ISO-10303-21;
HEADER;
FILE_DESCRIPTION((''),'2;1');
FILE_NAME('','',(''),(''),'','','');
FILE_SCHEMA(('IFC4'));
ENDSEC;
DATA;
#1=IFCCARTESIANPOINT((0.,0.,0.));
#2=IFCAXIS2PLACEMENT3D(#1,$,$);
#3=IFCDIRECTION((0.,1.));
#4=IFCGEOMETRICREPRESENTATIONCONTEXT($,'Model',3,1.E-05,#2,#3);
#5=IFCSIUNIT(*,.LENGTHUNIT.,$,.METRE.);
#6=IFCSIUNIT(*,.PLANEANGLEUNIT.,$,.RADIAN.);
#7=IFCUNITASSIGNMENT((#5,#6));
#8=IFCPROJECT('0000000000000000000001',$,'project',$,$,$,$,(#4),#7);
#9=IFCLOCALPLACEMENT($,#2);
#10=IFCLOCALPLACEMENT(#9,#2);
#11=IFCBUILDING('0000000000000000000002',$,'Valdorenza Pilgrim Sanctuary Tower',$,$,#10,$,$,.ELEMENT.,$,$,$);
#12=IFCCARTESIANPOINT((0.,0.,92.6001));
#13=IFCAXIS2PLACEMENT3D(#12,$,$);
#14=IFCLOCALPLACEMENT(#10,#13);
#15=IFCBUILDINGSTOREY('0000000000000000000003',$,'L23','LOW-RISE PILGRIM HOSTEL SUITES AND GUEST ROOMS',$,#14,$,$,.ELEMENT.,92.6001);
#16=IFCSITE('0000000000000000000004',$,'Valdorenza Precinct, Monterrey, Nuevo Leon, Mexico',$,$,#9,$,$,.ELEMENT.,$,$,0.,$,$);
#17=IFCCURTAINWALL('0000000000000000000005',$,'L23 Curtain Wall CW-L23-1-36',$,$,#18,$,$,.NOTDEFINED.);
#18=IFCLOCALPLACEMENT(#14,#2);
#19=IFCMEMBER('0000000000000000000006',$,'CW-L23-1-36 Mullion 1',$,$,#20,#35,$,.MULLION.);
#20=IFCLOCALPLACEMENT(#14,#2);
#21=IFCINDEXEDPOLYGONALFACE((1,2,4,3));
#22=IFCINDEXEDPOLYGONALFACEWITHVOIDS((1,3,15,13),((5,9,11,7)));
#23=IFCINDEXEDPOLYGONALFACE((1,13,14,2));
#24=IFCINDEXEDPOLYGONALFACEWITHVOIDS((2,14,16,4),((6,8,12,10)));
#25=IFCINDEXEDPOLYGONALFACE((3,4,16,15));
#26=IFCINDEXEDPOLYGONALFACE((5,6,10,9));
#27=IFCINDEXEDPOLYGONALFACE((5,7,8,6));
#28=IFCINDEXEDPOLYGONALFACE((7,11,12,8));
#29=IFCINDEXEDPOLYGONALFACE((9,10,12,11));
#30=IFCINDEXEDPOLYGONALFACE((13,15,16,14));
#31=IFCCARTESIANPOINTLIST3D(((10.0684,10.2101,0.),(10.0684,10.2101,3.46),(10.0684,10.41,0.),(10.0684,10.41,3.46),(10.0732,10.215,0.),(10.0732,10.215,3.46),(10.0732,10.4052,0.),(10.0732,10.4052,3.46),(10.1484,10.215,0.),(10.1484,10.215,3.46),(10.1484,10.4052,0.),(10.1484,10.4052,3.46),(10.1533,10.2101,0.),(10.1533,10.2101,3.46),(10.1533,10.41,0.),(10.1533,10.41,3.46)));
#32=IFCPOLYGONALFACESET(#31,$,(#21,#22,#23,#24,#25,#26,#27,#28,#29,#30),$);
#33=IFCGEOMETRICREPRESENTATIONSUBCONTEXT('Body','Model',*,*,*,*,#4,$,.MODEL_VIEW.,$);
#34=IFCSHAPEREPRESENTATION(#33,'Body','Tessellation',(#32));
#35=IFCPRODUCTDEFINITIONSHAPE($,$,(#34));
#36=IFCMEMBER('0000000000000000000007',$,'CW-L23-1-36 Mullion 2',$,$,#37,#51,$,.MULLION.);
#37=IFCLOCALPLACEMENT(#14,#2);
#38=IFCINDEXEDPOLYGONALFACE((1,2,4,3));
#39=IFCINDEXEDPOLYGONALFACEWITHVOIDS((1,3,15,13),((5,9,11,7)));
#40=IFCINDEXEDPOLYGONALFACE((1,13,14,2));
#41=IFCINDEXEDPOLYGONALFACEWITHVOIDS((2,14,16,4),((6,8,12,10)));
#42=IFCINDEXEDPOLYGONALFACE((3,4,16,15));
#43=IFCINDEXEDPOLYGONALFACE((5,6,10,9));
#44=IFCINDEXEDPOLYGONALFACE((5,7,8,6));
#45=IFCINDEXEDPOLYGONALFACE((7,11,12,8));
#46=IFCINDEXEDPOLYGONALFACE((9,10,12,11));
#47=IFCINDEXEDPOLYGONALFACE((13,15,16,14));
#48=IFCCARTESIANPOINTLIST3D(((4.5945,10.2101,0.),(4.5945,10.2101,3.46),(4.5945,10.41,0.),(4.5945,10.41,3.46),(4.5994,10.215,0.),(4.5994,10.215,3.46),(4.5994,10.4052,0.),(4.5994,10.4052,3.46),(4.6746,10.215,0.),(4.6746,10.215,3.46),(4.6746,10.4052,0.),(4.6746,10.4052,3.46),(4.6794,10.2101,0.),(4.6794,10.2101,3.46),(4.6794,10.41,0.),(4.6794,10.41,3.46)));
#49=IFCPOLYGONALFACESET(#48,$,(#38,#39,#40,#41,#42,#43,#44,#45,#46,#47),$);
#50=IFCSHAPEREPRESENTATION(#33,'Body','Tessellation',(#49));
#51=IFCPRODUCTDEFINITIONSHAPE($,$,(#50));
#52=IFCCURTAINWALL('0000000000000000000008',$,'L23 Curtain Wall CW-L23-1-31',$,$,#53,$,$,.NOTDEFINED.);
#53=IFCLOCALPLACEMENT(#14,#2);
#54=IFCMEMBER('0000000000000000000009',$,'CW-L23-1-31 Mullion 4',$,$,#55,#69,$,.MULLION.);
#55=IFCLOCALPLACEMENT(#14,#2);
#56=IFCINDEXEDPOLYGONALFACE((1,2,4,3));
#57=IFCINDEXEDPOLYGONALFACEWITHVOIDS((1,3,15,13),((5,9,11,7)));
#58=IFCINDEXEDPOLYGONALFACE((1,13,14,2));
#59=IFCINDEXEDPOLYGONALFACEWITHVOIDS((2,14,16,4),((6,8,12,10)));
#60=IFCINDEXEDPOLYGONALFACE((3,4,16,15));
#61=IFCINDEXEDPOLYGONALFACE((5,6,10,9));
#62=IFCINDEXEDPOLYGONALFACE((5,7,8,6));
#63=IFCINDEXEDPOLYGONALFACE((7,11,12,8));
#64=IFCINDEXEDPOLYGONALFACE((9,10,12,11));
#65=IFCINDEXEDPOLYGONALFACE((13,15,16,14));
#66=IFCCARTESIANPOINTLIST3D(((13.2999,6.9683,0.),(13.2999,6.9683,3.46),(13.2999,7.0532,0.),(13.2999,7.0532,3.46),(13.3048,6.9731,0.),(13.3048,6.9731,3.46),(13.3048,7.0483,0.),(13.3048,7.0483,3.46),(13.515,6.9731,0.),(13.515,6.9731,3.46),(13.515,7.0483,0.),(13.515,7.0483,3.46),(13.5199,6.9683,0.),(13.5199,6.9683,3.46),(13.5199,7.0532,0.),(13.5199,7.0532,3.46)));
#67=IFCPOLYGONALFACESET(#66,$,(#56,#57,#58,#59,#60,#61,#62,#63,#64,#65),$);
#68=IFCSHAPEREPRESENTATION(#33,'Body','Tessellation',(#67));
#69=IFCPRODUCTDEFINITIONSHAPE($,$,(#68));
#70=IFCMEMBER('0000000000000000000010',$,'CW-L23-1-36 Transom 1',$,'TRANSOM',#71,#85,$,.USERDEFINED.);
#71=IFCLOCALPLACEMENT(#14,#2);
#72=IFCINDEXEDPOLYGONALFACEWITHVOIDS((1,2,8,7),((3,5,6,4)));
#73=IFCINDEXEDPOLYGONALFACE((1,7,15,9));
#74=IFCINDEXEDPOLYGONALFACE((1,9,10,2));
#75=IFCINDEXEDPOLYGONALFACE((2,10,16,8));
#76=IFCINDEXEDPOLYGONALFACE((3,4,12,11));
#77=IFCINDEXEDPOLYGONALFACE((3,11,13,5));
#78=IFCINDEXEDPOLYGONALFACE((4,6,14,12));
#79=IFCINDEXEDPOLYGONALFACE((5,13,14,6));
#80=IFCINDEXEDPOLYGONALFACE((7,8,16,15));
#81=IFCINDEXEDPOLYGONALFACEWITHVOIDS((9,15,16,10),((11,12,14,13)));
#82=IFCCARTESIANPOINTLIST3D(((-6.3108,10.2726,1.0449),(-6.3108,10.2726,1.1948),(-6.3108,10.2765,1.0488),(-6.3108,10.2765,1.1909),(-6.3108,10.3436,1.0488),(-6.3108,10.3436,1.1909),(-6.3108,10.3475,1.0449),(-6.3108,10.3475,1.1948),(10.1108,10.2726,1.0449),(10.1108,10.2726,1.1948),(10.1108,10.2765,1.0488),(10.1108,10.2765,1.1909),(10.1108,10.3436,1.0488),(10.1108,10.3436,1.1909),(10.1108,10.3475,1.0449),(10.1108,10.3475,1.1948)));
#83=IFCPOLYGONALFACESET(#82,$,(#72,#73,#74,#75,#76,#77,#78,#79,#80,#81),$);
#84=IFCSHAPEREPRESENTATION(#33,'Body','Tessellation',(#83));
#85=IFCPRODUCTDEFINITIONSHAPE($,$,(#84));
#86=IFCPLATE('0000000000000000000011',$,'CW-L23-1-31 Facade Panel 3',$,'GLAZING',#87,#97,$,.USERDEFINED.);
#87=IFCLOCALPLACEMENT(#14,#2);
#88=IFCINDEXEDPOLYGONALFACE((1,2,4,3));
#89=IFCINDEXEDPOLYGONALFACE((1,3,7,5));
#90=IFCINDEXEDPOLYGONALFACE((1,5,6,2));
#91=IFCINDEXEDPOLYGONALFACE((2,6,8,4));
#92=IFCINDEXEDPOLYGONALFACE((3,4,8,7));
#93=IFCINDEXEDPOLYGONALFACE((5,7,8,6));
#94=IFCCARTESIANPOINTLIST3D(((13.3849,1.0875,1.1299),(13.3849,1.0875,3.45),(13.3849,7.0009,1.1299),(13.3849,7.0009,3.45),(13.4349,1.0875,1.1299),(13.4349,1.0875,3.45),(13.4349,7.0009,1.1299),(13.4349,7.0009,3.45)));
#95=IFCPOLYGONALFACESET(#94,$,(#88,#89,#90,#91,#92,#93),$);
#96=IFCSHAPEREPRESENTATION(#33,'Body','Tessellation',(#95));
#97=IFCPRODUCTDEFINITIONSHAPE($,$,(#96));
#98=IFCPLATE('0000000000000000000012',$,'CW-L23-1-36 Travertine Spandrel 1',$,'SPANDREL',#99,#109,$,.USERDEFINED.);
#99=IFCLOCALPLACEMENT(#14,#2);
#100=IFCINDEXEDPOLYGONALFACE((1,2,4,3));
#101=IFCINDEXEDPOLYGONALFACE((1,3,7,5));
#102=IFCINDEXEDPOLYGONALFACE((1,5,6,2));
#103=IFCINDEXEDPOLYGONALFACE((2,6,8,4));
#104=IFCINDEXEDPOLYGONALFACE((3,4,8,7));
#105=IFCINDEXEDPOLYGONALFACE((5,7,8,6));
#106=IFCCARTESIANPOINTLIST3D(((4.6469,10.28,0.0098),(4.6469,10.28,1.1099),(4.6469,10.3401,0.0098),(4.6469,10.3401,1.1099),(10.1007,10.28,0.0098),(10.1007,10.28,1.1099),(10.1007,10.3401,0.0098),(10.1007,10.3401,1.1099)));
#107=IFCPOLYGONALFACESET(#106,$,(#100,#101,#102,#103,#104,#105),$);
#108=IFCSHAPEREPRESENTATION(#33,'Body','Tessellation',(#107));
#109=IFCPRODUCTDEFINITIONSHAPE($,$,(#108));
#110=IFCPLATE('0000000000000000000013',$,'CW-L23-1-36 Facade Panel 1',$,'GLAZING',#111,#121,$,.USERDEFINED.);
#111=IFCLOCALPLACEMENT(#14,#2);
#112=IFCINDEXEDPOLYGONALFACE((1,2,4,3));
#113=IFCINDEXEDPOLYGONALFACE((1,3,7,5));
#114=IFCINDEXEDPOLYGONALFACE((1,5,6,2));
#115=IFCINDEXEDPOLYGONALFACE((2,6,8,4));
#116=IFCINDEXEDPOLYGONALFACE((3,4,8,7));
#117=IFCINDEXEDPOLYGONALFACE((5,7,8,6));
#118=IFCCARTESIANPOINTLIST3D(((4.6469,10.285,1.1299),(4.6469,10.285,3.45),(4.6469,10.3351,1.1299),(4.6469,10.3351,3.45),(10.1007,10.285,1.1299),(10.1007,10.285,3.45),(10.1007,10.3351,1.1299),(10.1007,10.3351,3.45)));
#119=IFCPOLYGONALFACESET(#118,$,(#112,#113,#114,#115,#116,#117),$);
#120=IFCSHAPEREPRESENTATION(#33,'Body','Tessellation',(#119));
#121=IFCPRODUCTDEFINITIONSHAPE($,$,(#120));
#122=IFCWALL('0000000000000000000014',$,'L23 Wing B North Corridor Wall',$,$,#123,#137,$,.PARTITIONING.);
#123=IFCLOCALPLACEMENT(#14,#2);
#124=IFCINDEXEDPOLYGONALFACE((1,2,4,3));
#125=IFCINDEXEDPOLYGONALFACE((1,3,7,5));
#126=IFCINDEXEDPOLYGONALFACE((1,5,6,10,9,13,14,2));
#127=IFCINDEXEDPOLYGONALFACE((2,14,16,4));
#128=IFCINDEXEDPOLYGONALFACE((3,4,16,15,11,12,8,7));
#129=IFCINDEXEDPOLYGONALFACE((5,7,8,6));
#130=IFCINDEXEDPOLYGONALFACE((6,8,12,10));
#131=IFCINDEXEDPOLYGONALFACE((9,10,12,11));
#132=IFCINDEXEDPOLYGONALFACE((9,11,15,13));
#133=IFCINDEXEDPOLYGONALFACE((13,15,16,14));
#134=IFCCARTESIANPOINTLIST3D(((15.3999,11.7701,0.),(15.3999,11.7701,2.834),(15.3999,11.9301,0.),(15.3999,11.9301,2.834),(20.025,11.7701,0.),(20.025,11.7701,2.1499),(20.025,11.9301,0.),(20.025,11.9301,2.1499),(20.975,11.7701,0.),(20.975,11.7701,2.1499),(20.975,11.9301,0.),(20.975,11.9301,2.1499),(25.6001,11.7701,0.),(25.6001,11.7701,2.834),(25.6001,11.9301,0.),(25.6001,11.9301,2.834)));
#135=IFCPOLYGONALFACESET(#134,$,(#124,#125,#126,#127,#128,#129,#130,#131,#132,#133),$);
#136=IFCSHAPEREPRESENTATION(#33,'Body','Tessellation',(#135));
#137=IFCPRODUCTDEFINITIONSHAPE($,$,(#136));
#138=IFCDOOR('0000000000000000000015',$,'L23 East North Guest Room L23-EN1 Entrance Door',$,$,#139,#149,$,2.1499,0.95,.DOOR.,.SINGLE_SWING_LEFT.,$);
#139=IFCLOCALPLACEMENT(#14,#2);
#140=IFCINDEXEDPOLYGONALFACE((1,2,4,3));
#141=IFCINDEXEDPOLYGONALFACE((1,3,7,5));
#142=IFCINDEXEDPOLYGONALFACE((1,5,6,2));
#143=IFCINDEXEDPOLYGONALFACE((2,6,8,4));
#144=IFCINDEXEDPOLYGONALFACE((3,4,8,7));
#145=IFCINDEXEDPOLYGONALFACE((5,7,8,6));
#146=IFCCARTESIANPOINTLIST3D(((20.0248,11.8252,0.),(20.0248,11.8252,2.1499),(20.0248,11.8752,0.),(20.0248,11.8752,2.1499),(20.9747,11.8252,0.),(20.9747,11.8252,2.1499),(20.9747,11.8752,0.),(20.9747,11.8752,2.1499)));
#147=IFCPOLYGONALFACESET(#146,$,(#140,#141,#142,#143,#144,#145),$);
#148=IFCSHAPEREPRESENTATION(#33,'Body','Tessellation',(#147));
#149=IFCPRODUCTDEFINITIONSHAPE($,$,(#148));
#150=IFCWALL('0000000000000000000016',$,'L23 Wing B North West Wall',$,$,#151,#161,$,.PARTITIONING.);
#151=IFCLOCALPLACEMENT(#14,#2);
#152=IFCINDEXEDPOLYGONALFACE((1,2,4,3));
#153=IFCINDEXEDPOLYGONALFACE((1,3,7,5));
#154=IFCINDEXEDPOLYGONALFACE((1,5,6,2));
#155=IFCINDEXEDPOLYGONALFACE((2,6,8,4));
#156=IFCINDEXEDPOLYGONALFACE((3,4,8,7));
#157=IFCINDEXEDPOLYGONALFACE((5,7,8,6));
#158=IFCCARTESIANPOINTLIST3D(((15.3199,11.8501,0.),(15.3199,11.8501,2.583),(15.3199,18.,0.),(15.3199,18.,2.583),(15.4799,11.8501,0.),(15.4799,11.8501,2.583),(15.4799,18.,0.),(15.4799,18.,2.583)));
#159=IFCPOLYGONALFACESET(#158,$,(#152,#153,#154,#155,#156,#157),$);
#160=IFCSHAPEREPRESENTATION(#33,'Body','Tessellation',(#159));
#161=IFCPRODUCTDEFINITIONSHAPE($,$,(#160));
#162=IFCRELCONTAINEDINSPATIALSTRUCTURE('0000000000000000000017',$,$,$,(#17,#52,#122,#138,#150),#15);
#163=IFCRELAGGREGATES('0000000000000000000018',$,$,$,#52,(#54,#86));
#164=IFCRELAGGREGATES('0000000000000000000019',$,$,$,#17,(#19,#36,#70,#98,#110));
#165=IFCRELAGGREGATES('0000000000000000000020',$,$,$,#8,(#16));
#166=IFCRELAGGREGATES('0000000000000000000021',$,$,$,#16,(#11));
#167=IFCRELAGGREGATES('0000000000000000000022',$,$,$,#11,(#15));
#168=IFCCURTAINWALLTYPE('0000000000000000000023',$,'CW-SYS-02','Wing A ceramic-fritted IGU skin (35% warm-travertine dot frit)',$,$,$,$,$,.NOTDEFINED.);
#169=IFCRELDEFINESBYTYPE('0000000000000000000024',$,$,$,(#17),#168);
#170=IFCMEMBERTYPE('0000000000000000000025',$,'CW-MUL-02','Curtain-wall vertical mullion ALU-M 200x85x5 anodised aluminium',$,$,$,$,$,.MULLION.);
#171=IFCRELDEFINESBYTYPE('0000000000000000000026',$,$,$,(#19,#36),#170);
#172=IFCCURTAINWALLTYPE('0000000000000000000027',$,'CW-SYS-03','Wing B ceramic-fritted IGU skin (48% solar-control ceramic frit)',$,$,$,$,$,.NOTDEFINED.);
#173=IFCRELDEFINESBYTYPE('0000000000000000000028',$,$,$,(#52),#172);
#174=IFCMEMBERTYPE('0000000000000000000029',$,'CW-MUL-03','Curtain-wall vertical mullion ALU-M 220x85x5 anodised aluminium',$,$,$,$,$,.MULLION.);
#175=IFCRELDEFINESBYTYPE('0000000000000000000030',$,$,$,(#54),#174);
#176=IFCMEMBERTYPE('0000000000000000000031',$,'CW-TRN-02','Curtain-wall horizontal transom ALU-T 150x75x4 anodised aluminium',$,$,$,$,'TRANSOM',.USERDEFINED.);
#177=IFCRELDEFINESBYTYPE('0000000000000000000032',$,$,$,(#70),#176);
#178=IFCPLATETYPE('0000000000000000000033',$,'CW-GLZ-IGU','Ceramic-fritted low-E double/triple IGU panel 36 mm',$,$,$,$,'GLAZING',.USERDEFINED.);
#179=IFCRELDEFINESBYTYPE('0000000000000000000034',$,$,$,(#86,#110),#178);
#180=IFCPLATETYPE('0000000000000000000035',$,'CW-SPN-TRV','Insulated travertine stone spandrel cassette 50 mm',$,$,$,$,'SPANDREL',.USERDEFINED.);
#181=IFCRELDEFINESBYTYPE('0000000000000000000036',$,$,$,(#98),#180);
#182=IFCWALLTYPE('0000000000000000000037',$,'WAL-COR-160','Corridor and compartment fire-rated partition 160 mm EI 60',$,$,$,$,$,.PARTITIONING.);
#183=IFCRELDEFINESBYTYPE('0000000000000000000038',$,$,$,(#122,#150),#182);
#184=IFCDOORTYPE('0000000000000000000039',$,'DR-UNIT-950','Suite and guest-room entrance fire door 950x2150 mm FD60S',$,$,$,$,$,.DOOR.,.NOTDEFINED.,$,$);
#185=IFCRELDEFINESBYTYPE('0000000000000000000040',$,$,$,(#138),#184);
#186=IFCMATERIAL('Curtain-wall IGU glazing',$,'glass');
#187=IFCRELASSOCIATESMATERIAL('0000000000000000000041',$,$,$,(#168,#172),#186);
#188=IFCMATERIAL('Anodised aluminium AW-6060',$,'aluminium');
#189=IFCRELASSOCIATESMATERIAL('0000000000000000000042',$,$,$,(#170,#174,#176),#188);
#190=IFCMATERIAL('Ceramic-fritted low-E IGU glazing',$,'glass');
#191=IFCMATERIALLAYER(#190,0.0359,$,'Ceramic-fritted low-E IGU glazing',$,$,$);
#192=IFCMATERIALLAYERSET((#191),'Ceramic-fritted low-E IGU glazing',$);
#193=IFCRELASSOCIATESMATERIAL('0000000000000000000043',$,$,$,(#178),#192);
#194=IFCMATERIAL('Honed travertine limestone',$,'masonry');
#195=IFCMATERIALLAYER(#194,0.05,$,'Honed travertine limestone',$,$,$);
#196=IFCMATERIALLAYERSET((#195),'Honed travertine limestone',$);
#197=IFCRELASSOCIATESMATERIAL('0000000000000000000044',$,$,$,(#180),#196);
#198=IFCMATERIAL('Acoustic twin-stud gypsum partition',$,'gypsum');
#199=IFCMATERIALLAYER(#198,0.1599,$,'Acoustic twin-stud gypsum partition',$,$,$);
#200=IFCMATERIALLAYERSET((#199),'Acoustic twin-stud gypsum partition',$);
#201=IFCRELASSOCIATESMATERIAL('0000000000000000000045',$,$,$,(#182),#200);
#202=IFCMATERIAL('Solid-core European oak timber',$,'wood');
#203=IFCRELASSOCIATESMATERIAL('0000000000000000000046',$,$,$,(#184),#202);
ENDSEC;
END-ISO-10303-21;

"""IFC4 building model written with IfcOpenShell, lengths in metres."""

from ifc_helpers import new_model, si_unit, direction, frame, frame_2d, origin, origin_2d, place, context, subcontext, project, spatial, rectangle, hollow_rectangle, extrude, source, transform, mapped, material, layer, layer_set, material_profile, profile_set, type_object, element, fill, aggregate, save


model = new_model("IFC4")

# Units and contexts
model_context = context("Model", 3, precision=1e-05, world=origin(), true_north=direction((0.0, 1.0)))
body_context = subcontext(model_context, "Body", "Model", "MODEL_VIEW")
ifc_project = project(units=[si_unit("LENGTHUNIT", "METRE"), si_unit("PLANEANGLEUNIT", "RADIAN")], contexts=[model_context])

# Site, building, storey
site_placement = place(None, origin())
site = spatial("IfcSite", under=ifc_project, at=site_placement, Name="Valdorenza Precinct, Monterrey, Nuevo Leon, Mexico", CompositionType="ELEMENT", RefElevation=0.0)
building_placement = place(site_placement, origin())
building = spatial("IfcBuilding", under=site, at=building_placement, Name="Valdorenza Pilgrim Sanctuary Tower", CompositionType="ELEMENT")
storey_placement = place(building_placement, frame((0.0, 0.0, 92.6001)))
storey = spatial("IfcBuildingStorey", under=building, at=storey_placement, Name="L23", Description="LOW-RISE PILGRIM HOSTEL SUITES AND GUEST ROOMS", CompositionType="ELEMENT", Elevation=92.6001)

# Curtain wall, members
ifc_material_1 = material(Name="Curtain-wall IGU glazing", Category="glass")
curtain_wall_type_1 = type_object("IfcCurtainWallType", Name="CW-SYS-02", Description="Wing A ceramic-fritted IGU skin (35% warm-travertine dot frit)", PredefinedType="NOTDEFINED", material=ifc_material_1)
curtain_wall_1_placement = place(storey_placement, origin())
curtain_wall_1 = element("IfcCurtainWall", 1, at=curtain_wall_1_placement, inside=storey, type_object=curtain_wall_type_1, Name="L23 Curtain Wall CW-L23-1-36", PredefinedType="NOTDEFINED")
ifc_material_2 = material(Name="Anodised aluminium AW-6060", Category="aluminium")
ifc_material_profile_1 = material_profile(ifc_material_2, hollow_rectangle(XDim=0.085, YDim=0.2, WallThickness=0.0049, at=origin_2d()), Name="ALU-M 200x85x5")
ifc_profile_set_1 = profile_set([ifc_material_profile_1], Name="Anodised aluminium AW-6060")
member_type_1 = type_object("IfcMemberType", Name="CW-MUL-02", Description="Curtain-wall vertical mullion ALU-M 200x85x5 anodised aluminium", PredefinedType="MULLION", material=ifc_profile_set_1)
shared_shape_1 = source(origin(), body_context, "Body", "SweptSolid", [
    extrude(hollow_rectangle(XDim=0.085, YDim=0.2, WallThickness=0.0049, at=origin_2d()), origin(), (0.0, 0.0, 1.0), 3.46),
])
member_1_placement = place(storey_placement, frame((10.1108, 10.3101, 0.0), z_axis=(0.0, 0.0, 1.0), x_axis=(-1.0, 0.0, 0.0)))
member_1 = element("IfcMember", 2, at=member_1_placement, type_object=member_type_1, Name="CW-L23-1-36 Mullion 1", PredefinedType="MULLION", context=body_context, shape_type="MappedRepresentation", body=[
    mapped(shared_shape_1, transform((0.0, 0.0, 0.0), x_axis=(1.0, 0.0, 0.0), y_axis=(0.0, 1.0, 0.0), z_axis=(0.0, 0.0, 1.0), scale=1.0)),
])
member_2_placement = place(storey_placement, frame((4.637, 10.3101, 0.0), z_axis=(0.0, 0.0, 1.0), x_axis=(-1.0, 0.0, 0.0)))
member_2 = element("IfcMember", 3, at=member_2_placement, type_object=member_type_1, Name="CW-L23-1-36 Mullion 2", PredefinedType="MULLION", context=body_context, shape_type="MappedRepresentation", body=[
    mapped(shared_shape_1, transform((0.0, 0.0, 0.0), x_axis=(1.0, 0.0, 0.0), y_axis=(0.0, 1.0, 0.0), z_axis=(0.0, 0.0, 1.0), scale=1.0)),
])

# Curtain wall, member
curtain_wall_type_2 = type_object("IfcCurtainWallType", Name="CW-SYS-03", Description="Wing B ceramic-fritted IGU skin (48% solar-control ceramic frit)", PredefinedType="NOTDEFINED", material=ifc_material_1)
curtain_wall_2_placement = place(storey_placement, origin())
curtain_wall_2 = element("IfcCurtainWall", 4, at=curtain_wall_2_placement, inside=storey, type_object=curtain_wall_type_2, Name="L23 Curtain Wall CW-L23-1-31", PredefinedType="NOTDEFINED")
ifc_material_profile_2 = material_profile(ifc_material_2, hollow_rectangle(XDim=0.085, YDim=0.22, WallThickness=0.0049, at=origin_2d()), Name="ALU-M 220x85x5")
ifc_profile_set_2 = profile_set([ifc_material_profile_2], Name="Anodised aluminium AW-6060")
member_type_2 = type_object("IfcMemberType", Name="CW-MUL-03", Description="Curtain-wall vertical mullion ALU-M 220x85x5 anodised aluminium", PredefinedType="MULLION", material=ifc_profile_set_2)
shared_shape_2 = source(origin(), body_context, "Body", "SweptSolid", [
    extrude(hollow_rectangle(XDim=0.085, YDim=0.22, WallThickness=0.0049, at=origin_2d()), origin(), (0.0, 0.0, 1.0), 3.46),
])
member_3_placement = place(storey_placement, frame((13.4099, 7.0107, 0.0), z_axis=(0.0, 0.0, 1.0), x_axis=(0.0, 1.0, 0.0)))
member_3 = element("IfcMember", 5, at=member_3_placement, type_object=member_type_2, Name="CW-L23-1-31 Mullion 4", PredefinedType="MULLION", context=body_context, shape_type="MappedRepresentation", body=[
    mapped(shared_shape_2, transform((0.0, 0.0, 0.0), x_axis=(1.0, 0.0, 0.0), y_axis=(0.0, 1.0, 0.0), z_axis=(0.0, 0.0, 1.0), scale=1.0)),
])

# Member
ifc_material_profile_3 = material_profile(ifc_material_2, hollow_rectangle(XDim=0.075, YDim=0.1499, WallThickness=0.0039, at=origin_2d()), Name="ALU-T 150x75x4")
ifc_profile_set_3 = profile_set([ifc_material_profile_3], Name="Anodised aluminium AW-6060")
member_type_3 = type_object("IfcMemberType", Name="CW-TRN-02", Description="Curtain-wall horizontal transom ALU-T 150x75x4 anodised aluminium", ElementType="TRANSOM", PredefinedType="USERDEFINED", material=ifc_profile_set_3)
shared_shape_3 = source(origin(), body_context, "Body", "SweptSolid", [
    extrude(hollow_rectangle(XDim=0.075, YDim=0.1499, WallThickness=0.0039, at=origin_2d()), origin(), (0.0, 0.0, 1.0), 16.4216),
])
member_4_placement = place(storey_placement, frame((10.1108, 10.3101, 1.1199), z_axis=(-1.0, 0.0, 0.0), x_axis=(0.0, -1.0, 0.0)))
member_4 = element("IfcMember", 6, at=member_4_placement, type_object=member_type_3, Name="CW-L23-1-36 Transom 1", ObjectType="TRANSOM", PredefinedType="USERDEFINED", context=body_context, shape_type="MappedRepresentation", body=[
    mapped(shared_shape_3, transform((0.0, 0.0, 0.0), x_axis=(1.0, 0.0, 0.0), y_axis=(0.0, 1.0, 0.0), z_axis=(0.0, 0.0, 1.0), scale=1.0)),
])

# Plates
ifc_material_3 = material(Name="Ceramic-fritted low-E IGU glazing", Category="glass")
ifc_layer_1 = layer(ifc_material_3, 0.0359, Name="Ceramic-fritted low-E IGU glazing")
ifc_layer_set_1 = layer_set([ifc_layer_1], Name="Ceramic-fritted low-E IGU glazing")
plate_type_1 = type_object("IfcPlateType", Name="CW-GLZ-IGU", Description="Ceramic-fritted low-E double/triple IGU panel 36 mm", ElementType="GLAZING", PredefinedType="USERDEFINED", material=ifc_layer_set_1)
shared_shape_4 = source(origin(), body_context, "Body", "SweptSolid", [
    extrude(rectangle(XDim=5.9133, YDim=0.05, at=origin_2d()), origin(), (0.0, 0.0, 1.0), 2.3201),
])
plate_1_placement = place(storey_placement, frame((13.4099, 4.0442, 1.1299), z_axis=(0.0, 0.0, 1.0), x_axis=(0.0, 1.0, 0.0)))
plate_1 = element("IfcPlate", 7, at=plate_1_placement, type_object=plate_type_1, Name="CW-L23-1-31 Facade Panel 3", ObjectType="GLAZING", PredefinedType="USERDEFINED", context=body_context, shape_type="MappedRepresentation", body=[
    mapped(shared_shape_4, transform((0.0, 0.0, 0.0), x_axis=(1.0, 0.0, 0.0), y_axis=(0.0, 1.0, 0.0), z_axis=(0.0, 0.0, 1.0), scale=1.0)),
])
aggregate(curtain_wall_2, [member_3, plate_1])
ifc_material_4 = material(Name="Honed travertine limestone", Category="masonry")
ifc_layer_2 = layer(ifc_material_4, 0.05, Name="Honed travertine limestone")
ifc_layer_set_2 = layer_set([ifc_layer_2], Name="Honed travertine limestone")
plate_type_2 = type_object("IfcPlateType", Name="CW-SPN-TRV", Description="Insulated travertine stone spandrel cassette 50 mm", ElementType="SPANDREL", PredefinedType="USERDEFINED", material=ifc_layer_set_2)
shared_shape_5 = source(origin(), body_context, "Body", "SweptSolid", [
    extrude(rectangle(XDim=5.4539, YDim=0.0601, at=origin_2d()), origin(), (0.0, 0.0, 1.0), 1.1001),
])
plate_2_placement = place(storey_placement, frame((7.3738, 10.3101, 0.0098), z_axis=(0.0, 0.0, 1.0), x_axis=(-1.0, 0.0, 0.0)))
plate_2 = element("IfcPlate", 8, at=plate_2_placement, type_object=plate_type_2, Name="CW-L23-1-36 Travertine Spandrel 1", ObjectType="SPANDREL", PredefinedType="USERDEFINED", context=body_context, shape_type="MappedRepresentation", body=[
    mapped(shared_shape_5, transform((0.0, 0.0, 0.0), x_axis=(1.0, 0.0, 0.0), y_axis=(0.0, 1.0, 0.0), z_axis=(0.0, 0.0, 1.0), scale=1.0)),
])
shared_shape_6 = source(origin(), body_context, "Body", "SweptSolid", [
    extrude(rectangle(XDim=5.4539, YDim=0.05, at=origin_2d()), origin(), (0.0, 0.0, 1.0), 2.3201),
])
plate_3_placement = place(storey_placement, frame((7.3738, 10.3101, 1.1299), z_axis=(0.0, 0.0, 1.0), x_axis=(-1.0, 0.0, 0.0)))
plate_3 = element("IfcPlate", 9, at=plate_3_placement, type_object=plate_type_1, Name="CW-L23-1-36 Facade Panel 1", ObjectType="GLAZING", PredefinedType="USERDEFINED", context=body_context, shape_type="MappedRepresentation", body=[
    mapped(shared_shape_6, transform((0.0, 0.0, 0.0), x_axis=(1.0, 0.0, 0.0), y_axis=(0.0, 1.0, 0.0), z_axis=(0.0, 0.0, 1.0), scale=1.0)),
])
aggregate(curtain_wall_1, [member_1, member_2, member_4, plate_2, plate_3])

# Wall, opening, door
ifc_material_5 = material(Name="Acoustic twin-stud gypsum partition", Category="gypsum")
ifc_layer_3 = layer(ifc_material_5, 0.1599, Name="Acoustic twin-stud gypsum partition")
ifc_layer_set_3 = layer_set([ifc_layer_3], Name="Acoustic twin-stud gypsum partition")
wall_type_1 = type_object("IfcWallType", Name="WAL-COR-160", Description="Corridor and compartment fire-rated partition 160 mm EI 60", PredefinedType="PARTITIONING", material=ifc_layer_set_3)
wall_1_placement = place(storey_placement, frame((15.3999, 11.8501, 0.0), z_axis=(0.0, 0.0, 1.0), x_axis=(1.0, 0.0, 0.0)))
wall_1 = element("IfcWall", 10, at=wall_1_placement, inside=storey, type_object=wall_type_1, Name="L23 Wing B North Corridor Wall", PredefinedType="PARTITIONING", context=body_context, shape_type="SweptSolid", body=[
    extrude(rectangle(XDim=10.2002, YDim=0.1599, at=frame_2d((5.1001, 0.0))), origin(), (0.0, 0.0, 1.0), 2.834),
])
opening_1_placement = place(wall_1_placement, frame((4.625, 0.0, 0.0)))
opening_1 = element("IfcOpeningElement", 11, at=opening_1_placement, cuts=wall_1, PredefinedType="OPENING", context=body_context, shape_type="SweptSolid", body=[
    extrude(rectangle(XDim=0.95, YDim=2.1499, at=frame_2d((0.4751, 1.075))), frame((0.0, 0.0947, 0.0), z_axis=(0.0, -1.0, 0.0), x_axis=(1.0, 0.0, 0.0)), (0.0, 0.0, 1.0), 0.1897),
])
ifc_material_6 = material(Name="Solid-core European oak timber", Category="wood")
door_type_1 = type_object("IfcDoorType", Name="DR-UNIT-950", Description="Suite and guest-room entrance fire door 950x2150 mm FD60S", OperationType="NOTDEFINED", PredefinedType="DOOR", material=ifc_material_6)
door_1_placement = place(opening_1_placement, frame((0.95, 0.0, 0.0), z_axis=(0.0, 0.0, 1.0), x_axis=(-1.0, 0.0, 0.0)))
door_1 = element("IfcDoor", 12, at=door_1_placement, inside=storey, type_object=door_type_1, Name="L23 East North Guest Room L23-EN1 Entrance Door", OperationType="SINGLE_SWING_LEFT", OverallHeight=2.1499, OverallWidth=0.95, PredefinedType="DOOR", context=body_context, shape_type="SweptSolid", body=[
    extrude(rectangle(XDim=0.95, YDim=2.1499, at=frame_2d((0.4751, 1.075))), frame((0.0, 0.0249, 0.0), z_axis=(0.0, -1.0, 0.0), x_axis=(1.0, 0.0, 0.0)), (0.0, 0.0, 1.0), 0.05),
])
fill(opening_1, door_1)

# Wall
wall_2_placement = place(storey_placement, frame((15.3999, 11.8501, 0.0), z_axis=(0.0, 0.0, 1.0), x_axis=(0.0, 1.0, 0.0)))
element("IfcWall", 13, at=wall_2_placement, inside=storey, type_object=wall_type_1, Name="L23 Wing B North West Wall", PredefinedType="PARTITIONING", context=body_context, shape_type="SweptSolid", body=[
    extrude(rectangle(XDim=6.1499, YDim=0.1599, at=frame_2d((3.075, 0.0))), origin(), (0.0, 0.0, 1.0), 2.583),
])

save(model, "model.ifc")
